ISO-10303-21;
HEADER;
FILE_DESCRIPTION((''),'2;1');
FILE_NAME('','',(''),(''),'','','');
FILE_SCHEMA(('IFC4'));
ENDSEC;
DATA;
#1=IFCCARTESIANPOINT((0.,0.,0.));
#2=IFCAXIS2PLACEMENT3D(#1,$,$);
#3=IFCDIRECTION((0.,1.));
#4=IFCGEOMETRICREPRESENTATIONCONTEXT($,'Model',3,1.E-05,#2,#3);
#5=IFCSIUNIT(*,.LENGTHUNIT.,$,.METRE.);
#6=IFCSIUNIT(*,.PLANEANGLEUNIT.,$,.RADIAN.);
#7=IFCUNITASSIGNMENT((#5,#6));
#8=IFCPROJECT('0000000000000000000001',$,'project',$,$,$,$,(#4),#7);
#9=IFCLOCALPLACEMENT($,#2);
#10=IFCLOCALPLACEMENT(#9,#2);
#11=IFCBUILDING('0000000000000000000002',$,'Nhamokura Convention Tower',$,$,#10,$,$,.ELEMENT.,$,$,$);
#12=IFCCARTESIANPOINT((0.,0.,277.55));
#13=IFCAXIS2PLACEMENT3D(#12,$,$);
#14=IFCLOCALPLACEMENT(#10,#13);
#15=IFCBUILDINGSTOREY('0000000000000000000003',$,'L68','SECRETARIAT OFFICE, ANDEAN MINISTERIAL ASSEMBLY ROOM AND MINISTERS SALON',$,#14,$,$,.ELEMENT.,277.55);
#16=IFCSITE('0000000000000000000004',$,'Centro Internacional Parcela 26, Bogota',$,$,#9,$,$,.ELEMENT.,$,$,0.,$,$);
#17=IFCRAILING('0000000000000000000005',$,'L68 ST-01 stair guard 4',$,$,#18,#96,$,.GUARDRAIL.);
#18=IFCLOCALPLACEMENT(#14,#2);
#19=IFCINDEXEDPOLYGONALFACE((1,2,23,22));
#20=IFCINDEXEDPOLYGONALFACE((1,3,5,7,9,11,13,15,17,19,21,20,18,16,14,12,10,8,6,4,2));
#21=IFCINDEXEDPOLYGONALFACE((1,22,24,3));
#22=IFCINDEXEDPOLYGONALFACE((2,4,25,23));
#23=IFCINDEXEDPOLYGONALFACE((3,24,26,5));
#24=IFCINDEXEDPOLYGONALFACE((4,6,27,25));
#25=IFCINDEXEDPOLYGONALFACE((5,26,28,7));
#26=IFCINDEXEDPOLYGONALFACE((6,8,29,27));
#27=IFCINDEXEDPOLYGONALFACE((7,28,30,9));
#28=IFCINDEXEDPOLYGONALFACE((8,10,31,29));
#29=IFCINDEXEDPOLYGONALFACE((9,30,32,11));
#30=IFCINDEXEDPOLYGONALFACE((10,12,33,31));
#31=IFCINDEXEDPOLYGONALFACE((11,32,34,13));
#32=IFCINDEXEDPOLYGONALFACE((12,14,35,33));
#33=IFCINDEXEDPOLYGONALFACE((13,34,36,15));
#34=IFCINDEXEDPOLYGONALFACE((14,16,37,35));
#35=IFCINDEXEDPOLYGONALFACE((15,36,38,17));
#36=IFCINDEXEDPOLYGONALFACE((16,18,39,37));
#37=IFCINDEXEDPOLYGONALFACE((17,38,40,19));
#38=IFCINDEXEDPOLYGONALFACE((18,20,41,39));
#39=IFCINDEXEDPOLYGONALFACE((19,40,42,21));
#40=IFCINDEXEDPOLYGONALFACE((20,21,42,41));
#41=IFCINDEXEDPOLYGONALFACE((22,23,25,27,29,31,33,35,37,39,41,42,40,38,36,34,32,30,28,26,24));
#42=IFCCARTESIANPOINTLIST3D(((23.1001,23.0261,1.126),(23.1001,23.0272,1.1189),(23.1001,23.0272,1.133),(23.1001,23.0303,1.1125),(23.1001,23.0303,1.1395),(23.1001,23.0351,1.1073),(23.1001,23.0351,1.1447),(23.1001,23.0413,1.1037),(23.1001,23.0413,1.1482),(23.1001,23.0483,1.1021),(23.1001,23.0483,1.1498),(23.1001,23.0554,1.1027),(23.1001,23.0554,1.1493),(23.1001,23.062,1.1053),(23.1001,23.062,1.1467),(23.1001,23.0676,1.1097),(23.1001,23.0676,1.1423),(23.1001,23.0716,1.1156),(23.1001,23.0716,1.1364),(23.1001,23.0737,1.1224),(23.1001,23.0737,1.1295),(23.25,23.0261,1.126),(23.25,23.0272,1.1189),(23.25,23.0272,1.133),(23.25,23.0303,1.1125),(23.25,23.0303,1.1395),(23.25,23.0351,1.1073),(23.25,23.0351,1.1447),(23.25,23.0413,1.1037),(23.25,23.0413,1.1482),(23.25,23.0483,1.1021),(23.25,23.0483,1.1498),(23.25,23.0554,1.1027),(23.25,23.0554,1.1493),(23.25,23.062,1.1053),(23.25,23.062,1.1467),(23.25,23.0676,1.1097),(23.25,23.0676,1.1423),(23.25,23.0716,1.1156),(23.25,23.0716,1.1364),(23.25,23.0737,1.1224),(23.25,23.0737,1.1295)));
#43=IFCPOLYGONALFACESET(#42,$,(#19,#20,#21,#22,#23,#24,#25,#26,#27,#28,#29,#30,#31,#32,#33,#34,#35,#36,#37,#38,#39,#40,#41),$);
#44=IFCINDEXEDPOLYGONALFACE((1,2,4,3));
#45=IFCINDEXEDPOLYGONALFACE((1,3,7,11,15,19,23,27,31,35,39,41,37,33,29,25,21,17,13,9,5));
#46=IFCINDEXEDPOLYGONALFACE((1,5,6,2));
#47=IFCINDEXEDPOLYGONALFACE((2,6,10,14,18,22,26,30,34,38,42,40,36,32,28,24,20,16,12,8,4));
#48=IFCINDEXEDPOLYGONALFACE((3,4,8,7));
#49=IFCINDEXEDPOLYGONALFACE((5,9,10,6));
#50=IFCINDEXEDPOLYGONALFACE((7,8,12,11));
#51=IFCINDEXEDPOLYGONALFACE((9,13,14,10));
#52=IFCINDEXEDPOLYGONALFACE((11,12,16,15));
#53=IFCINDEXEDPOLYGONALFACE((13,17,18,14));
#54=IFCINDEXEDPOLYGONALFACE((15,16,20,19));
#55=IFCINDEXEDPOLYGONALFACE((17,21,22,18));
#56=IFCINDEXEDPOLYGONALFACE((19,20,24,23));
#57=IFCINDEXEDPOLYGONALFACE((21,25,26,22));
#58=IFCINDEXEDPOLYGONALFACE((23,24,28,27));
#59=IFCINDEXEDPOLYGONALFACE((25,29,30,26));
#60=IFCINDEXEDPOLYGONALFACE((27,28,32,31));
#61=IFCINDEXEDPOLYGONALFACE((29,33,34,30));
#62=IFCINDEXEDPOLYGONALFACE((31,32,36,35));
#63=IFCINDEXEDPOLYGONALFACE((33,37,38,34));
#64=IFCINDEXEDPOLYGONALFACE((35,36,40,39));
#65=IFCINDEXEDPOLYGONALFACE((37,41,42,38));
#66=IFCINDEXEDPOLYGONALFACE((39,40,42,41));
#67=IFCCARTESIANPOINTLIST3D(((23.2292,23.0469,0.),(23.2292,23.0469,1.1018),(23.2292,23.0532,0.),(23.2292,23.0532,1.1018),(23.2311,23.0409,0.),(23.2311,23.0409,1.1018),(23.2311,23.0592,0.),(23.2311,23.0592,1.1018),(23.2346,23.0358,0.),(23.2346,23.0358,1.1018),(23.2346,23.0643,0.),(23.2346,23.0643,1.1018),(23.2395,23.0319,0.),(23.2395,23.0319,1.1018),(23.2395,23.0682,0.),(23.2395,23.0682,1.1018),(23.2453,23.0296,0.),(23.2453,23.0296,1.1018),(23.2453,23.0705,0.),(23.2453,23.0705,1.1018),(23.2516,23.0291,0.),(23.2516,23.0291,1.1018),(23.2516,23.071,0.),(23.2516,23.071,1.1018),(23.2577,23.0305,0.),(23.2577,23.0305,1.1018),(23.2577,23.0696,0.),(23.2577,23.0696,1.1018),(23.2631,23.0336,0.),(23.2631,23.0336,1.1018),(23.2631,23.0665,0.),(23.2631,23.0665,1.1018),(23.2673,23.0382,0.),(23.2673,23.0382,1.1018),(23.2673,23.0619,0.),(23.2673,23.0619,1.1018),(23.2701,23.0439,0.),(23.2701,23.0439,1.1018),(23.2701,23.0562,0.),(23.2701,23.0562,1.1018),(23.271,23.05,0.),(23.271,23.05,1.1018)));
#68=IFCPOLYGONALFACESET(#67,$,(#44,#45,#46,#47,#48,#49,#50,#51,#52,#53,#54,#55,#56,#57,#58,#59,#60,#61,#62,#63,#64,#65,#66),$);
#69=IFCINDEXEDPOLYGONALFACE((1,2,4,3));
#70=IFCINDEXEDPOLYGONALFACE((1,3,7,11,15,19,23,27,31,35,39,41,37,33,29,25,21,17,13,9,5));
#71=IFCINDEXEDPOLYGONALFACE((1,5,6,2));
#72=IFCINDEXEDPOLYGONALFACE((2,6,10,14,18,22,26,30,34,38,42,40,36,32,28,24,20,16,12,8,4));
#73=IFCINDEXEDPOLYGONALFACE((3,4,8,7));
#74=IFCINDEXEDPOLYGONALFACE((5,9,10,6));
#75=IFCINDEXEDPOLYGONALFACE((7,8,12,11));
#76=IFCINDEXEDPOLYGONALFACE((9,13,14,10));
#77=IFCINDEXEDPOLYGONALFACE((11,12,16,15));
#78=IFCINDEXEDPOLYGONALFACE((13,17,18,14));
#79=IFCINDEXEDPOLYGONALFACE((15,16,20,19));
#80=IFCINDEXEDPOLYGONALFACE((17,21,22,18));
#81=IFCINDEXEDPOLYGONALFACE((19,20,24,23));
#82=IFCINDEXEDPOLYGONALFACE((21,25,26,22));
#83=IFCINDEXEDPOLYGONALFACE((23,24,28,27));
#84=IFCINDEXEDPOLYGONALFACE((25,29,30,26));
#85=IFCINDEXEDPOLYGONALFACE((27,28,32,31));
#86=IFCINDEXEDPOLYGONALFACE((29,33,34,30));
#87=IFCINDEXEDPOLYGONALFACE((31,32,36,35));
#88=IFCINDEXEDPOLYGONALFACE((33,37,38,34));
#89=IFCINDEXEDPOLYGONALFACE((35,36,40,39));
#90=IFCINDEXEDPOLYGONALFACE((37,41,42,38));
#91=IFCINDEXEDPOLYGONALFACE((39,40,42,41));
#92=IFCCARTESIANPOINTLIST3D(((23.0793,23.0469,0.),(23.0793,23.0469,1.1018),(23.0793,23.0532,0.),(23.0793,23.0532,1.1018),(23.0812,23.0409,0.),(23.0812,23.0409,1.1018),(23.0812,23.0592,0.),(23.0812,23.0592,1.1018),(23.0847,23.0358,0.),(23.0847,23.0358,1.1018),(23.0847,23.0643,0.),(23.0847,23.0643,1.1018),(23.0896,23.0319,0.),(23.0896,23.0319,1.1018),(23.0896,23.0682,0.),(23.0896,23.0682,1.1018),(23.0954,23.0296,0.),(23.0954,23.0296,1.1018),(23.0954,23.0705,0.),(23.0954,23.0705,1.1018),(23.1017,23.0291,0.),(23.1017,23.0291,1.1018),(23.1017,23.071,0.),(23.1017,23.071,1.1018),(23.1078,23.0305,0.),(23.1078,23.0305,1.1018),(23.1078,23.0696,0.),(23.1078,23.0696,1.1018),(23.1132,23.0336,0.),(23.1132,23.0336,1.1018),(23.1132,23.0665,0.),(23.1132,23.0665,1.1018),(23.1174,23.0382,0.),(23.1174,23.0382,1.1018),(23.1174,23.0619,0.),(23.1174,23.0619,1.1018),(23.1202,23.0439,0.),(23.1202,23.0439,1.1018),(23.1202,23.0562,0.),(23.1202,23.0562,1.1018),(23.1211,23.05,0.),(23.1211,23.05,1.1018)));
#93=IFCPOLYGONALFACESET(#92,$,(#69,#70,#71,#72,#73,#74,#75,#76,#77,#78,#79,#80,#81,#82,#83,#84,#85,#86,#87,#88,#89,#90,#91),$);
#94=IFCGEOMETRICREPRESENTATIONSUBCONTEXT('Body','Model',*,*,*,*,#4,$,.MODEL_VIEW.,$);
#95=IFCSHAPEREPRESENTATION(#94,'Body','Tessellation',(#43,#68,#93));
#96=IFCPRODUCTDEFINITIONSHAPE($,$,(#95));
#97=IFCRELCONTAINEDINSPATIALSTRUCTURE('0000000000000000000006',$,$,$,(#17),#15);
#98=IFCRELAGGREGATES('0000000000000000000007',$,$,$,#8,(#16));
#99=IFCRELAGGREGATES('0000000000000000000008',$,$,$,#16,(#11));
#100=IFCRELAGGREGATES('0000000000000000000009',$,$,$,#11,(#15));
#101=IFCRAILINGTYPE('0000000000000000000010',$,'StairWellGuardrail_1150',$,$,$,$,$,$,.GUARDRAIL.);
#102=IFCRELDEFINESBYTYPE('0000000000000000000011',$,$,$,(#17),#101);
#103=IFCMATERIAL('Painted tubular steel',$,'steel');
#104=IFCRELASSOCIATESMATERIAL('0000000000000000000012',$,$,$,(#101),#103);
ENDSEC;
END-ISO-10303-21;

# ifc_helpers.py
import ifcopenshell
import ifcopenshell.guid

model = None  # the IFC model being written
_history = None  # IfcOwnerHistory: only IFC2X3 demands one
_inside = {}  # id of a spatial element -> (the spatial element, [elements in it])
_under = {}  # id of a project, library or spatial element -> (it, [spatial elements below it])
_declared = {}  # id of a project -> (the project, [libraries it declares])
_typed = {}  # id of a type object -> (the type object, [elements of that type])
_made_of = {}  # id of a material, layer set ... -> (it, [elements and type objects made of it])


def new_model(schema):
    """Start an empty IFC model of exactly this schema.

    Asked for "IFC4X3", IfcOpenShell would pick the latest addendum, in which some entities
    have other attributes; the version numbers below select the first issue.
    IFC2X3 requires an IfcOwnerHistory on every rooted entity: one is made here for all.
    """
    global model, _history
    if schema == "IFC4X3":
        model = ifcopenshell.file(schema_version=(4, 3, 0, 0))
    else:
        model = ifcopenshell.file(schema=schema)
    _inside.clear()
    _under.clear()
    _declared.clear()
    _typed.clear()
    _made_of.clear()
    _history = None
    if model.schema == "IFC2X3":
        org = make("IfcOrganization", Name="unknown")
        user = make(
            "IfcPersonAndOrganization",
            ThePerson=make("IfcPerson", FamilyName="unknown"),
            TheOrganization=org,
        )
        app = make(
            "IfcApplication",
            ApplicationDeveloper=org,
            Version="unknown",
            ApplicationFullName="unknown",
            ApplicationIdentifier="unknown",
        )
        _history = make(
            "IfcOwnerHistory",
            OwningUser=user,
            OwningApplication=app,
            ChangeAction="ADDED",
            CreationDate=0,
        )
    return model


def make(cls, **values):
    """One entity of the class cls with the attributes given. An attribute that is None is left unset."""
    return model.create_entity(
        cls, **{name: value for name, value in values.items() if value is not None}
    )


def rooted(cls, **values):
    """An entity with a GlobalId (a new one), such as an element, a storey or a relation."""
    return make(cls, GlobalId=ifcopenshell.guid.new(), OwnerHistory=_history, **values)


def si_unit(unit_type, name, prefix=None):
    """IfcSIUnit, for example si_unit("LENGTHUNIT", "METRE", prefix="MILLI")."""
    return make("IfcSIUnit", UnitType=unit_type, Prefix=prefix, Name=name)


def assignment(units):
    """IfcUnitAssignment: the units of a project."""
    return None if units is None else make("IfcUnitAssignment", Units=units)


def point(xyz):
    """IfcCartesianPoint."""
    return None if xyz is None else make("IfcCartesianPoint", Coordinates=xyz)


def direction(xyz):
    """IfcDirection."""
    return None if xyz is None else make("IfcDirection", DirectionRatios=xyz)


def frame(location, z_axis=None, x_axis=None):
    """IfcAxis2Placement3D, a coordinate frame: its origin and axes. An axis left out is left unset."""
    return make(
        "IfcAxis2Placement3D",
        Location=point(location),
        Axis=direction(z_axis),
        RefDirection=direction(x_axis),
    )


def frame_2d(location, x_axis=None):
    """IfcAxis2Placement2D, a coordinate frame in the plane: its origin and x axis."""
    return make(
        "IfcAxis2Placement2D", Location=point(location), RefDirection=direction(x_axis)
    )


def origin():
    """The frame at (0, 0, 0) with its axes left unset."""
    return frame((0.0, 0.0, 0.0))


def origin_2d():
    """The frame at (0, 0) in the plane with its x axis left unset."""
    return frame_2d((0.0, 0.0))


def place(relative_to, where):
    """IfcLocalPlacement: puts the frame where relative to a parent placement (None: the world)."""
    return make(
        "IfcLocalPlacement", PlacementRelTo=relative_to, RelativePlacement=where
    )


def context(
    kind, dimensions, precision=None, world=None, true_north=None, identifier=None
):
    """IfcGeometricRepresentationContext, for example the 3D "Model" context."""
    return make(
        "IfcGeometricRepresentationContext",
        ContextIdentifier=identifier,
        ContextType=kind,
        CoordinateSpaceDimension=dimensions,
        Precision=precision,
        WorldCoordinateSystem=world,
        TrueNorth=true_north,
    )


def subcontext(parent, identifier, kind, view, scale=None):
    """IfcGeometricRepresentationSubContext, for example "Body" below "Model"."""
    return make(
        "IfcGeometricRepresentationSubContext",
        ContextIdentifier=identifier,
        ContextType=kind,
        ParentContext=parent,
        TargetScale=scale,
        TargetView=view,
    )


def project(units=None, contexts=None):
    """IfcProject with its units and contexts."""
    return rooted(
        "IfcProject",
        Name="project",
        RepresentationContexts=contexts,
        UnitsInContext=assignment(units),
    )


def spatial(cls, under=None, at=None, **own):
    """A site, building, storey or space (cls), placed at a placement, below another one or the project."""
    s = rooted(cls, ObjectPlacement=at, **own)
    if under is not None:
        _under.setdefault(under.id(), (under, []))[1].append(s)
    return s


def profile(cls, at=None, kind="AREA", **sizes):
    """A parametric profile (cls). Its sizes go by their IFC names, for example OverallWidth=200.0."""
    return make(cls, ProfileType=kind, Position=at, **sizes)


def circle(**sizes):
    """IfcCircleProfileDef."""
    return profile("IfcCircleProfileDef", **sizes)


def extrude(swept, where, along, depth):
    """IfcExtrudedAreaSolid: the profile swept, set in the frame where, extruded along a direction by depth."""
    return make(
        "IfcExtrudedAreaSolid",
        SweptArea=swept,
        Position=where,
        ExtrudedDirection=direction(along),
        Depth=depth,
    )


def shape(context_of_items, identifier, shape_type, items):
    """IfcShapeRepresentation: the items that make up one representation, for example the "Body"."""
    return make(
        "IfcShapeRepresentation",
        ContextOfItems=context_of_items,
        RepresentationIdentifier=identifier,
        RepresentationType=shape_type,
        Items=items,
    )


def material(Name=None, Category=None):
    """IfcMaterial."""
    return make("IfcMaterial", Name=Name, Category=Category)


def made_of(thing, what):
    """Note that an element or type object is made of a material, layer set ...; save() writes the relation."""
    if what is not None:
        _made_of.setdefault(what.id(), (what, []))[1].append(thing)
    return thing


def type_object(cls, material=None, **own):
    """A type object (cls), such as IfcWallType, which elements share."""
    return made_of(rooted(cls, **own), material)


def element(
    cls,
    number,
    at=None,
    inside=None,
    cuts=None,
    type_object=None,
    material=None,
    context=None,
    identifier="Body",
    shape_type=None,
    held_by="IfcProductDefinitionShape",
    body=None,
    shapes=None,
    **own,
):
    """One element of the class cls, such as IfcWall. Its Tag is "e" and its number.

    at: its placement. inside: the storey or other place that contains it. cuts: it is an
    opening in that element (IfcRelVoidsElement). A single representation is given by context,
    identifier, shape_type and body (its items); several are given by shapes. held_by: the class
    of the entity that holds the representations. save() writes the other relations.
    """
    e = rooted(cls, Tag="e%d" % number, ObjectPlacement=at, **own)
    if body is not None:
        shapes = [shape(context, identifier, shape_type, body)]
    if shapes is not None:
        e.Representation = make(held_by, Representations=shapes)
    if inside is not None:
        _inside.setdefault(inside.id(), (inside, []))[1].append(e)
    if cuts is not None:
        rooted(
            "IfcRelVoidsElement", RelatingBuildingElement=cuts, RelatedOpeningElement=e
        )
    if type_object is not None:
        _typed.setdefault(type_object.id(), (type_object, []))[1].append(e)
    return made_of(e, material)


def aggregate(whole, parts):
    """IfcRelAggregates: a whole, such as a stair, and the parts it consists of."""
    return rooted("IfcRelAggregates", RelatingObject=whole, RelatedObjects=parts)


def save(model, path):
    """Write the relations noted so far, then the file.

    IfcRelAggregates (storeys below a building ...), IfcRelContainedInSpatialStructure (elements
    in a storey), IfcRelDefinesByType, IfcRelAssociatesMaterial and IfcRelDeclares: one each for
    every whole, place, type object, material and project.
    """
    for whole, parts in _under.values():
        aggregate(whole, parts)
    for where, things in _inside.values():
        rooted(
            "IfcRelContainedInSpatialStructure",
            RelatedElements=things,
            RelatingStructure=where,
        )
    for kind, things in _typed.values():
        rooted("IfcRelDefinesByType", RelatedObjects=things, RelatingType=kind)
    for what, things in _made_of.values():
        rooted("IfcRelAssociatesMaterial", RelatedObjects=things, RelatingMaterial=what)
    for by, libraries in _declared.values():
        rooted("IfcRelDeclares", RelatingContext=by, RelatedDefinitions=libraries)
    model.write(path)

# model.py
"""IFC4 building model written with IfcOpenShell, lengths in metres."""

from ifc_helpers import new_model, si_unit, direction, frame, origin, origin_2d, place, context, subcontext, project, spatial, circle, extrude, material, type_object, element, save


model = new_model("IFC4")

# Units and contexts
model_context = context("Model", 3, precision=1e-05, world=origin(), true_north=direction((0.0, 1.0)))
body_context = subcontext(model_context, "Body", "Model", "MODEL_VIEW")
ifc_project = project(units=[si_unit("LENGTHUNIT", "METRE"), si_unit("PLANEANGLEUNIT", "RADIAN")], contexts=[model_context])

# Site, building, storey
site_placement = place(None, origin())
site = spatial("IfcSite", under=ifc_project, at=site_placement, Name="Centro Internacional Parcela 26, Bogota", CompositionType="ELEMENT", RefElevation=0.0)
building_placement = place(site_placement, origin())
building = spatial("IfcBuilding", under=site, at=building_placement, Name="Nhamokura Convention Tower", CompositionType="ELEMENT")
storey_placement = place(building_placement, frame((0.0, 0.0, 277.55)))
storey = spatial("IfcBuildingStorey", under=building, at=storey_placement, Name="L68", Description="SECRETARIAT OFFICE, ANDEAN MINISTERIAL ASSEMBLY ROOM AND MINISTERS SALON", CompositionType="ELEMENT", Elevation=277.55)

# Railing
ifc_material_1 = material(Name="Painted tubular steel", Category="steel")
railing_type_1 = type_object("IfcRailingType", Name="StairWellGuardrail_1150", PredefinedType="GUARDRAIL", material=ifc_material_1)
railing_1_placement = place(storey_placement, frame((23.25, 23.05, 0.0)))
element("IfcRailing", 1, at=railing_1_placement, inside=storey, type_object=railing_type_1, Name="L68 ST-01 stair guard 4", PredefinedType="GUARDRAIL", context=body_context, shape_type="SweptSolid", body=[
    extrude(circle(Radius=0.0239, at=origin_2d()), frame((0.0, 0.0, 1.126), z_axis=(-1.0, 0.0, 0.0), x_axis=(0.0, -1.0, 0.0)), (0.0, 0.0, 1.0), 0.1499),
    extrude(circle(Radius=0.021, at=origin_2d()), origin(), (0.0, 0.0, 1.0), 1.1018),
    extrude(circle(Radius=0.021, at=origin_2d()), frame((-0.1499, 0.0, 0.0)), (0.0, 0.0, 1.0), 1.1018),
])

save(model, "model.ifc")
